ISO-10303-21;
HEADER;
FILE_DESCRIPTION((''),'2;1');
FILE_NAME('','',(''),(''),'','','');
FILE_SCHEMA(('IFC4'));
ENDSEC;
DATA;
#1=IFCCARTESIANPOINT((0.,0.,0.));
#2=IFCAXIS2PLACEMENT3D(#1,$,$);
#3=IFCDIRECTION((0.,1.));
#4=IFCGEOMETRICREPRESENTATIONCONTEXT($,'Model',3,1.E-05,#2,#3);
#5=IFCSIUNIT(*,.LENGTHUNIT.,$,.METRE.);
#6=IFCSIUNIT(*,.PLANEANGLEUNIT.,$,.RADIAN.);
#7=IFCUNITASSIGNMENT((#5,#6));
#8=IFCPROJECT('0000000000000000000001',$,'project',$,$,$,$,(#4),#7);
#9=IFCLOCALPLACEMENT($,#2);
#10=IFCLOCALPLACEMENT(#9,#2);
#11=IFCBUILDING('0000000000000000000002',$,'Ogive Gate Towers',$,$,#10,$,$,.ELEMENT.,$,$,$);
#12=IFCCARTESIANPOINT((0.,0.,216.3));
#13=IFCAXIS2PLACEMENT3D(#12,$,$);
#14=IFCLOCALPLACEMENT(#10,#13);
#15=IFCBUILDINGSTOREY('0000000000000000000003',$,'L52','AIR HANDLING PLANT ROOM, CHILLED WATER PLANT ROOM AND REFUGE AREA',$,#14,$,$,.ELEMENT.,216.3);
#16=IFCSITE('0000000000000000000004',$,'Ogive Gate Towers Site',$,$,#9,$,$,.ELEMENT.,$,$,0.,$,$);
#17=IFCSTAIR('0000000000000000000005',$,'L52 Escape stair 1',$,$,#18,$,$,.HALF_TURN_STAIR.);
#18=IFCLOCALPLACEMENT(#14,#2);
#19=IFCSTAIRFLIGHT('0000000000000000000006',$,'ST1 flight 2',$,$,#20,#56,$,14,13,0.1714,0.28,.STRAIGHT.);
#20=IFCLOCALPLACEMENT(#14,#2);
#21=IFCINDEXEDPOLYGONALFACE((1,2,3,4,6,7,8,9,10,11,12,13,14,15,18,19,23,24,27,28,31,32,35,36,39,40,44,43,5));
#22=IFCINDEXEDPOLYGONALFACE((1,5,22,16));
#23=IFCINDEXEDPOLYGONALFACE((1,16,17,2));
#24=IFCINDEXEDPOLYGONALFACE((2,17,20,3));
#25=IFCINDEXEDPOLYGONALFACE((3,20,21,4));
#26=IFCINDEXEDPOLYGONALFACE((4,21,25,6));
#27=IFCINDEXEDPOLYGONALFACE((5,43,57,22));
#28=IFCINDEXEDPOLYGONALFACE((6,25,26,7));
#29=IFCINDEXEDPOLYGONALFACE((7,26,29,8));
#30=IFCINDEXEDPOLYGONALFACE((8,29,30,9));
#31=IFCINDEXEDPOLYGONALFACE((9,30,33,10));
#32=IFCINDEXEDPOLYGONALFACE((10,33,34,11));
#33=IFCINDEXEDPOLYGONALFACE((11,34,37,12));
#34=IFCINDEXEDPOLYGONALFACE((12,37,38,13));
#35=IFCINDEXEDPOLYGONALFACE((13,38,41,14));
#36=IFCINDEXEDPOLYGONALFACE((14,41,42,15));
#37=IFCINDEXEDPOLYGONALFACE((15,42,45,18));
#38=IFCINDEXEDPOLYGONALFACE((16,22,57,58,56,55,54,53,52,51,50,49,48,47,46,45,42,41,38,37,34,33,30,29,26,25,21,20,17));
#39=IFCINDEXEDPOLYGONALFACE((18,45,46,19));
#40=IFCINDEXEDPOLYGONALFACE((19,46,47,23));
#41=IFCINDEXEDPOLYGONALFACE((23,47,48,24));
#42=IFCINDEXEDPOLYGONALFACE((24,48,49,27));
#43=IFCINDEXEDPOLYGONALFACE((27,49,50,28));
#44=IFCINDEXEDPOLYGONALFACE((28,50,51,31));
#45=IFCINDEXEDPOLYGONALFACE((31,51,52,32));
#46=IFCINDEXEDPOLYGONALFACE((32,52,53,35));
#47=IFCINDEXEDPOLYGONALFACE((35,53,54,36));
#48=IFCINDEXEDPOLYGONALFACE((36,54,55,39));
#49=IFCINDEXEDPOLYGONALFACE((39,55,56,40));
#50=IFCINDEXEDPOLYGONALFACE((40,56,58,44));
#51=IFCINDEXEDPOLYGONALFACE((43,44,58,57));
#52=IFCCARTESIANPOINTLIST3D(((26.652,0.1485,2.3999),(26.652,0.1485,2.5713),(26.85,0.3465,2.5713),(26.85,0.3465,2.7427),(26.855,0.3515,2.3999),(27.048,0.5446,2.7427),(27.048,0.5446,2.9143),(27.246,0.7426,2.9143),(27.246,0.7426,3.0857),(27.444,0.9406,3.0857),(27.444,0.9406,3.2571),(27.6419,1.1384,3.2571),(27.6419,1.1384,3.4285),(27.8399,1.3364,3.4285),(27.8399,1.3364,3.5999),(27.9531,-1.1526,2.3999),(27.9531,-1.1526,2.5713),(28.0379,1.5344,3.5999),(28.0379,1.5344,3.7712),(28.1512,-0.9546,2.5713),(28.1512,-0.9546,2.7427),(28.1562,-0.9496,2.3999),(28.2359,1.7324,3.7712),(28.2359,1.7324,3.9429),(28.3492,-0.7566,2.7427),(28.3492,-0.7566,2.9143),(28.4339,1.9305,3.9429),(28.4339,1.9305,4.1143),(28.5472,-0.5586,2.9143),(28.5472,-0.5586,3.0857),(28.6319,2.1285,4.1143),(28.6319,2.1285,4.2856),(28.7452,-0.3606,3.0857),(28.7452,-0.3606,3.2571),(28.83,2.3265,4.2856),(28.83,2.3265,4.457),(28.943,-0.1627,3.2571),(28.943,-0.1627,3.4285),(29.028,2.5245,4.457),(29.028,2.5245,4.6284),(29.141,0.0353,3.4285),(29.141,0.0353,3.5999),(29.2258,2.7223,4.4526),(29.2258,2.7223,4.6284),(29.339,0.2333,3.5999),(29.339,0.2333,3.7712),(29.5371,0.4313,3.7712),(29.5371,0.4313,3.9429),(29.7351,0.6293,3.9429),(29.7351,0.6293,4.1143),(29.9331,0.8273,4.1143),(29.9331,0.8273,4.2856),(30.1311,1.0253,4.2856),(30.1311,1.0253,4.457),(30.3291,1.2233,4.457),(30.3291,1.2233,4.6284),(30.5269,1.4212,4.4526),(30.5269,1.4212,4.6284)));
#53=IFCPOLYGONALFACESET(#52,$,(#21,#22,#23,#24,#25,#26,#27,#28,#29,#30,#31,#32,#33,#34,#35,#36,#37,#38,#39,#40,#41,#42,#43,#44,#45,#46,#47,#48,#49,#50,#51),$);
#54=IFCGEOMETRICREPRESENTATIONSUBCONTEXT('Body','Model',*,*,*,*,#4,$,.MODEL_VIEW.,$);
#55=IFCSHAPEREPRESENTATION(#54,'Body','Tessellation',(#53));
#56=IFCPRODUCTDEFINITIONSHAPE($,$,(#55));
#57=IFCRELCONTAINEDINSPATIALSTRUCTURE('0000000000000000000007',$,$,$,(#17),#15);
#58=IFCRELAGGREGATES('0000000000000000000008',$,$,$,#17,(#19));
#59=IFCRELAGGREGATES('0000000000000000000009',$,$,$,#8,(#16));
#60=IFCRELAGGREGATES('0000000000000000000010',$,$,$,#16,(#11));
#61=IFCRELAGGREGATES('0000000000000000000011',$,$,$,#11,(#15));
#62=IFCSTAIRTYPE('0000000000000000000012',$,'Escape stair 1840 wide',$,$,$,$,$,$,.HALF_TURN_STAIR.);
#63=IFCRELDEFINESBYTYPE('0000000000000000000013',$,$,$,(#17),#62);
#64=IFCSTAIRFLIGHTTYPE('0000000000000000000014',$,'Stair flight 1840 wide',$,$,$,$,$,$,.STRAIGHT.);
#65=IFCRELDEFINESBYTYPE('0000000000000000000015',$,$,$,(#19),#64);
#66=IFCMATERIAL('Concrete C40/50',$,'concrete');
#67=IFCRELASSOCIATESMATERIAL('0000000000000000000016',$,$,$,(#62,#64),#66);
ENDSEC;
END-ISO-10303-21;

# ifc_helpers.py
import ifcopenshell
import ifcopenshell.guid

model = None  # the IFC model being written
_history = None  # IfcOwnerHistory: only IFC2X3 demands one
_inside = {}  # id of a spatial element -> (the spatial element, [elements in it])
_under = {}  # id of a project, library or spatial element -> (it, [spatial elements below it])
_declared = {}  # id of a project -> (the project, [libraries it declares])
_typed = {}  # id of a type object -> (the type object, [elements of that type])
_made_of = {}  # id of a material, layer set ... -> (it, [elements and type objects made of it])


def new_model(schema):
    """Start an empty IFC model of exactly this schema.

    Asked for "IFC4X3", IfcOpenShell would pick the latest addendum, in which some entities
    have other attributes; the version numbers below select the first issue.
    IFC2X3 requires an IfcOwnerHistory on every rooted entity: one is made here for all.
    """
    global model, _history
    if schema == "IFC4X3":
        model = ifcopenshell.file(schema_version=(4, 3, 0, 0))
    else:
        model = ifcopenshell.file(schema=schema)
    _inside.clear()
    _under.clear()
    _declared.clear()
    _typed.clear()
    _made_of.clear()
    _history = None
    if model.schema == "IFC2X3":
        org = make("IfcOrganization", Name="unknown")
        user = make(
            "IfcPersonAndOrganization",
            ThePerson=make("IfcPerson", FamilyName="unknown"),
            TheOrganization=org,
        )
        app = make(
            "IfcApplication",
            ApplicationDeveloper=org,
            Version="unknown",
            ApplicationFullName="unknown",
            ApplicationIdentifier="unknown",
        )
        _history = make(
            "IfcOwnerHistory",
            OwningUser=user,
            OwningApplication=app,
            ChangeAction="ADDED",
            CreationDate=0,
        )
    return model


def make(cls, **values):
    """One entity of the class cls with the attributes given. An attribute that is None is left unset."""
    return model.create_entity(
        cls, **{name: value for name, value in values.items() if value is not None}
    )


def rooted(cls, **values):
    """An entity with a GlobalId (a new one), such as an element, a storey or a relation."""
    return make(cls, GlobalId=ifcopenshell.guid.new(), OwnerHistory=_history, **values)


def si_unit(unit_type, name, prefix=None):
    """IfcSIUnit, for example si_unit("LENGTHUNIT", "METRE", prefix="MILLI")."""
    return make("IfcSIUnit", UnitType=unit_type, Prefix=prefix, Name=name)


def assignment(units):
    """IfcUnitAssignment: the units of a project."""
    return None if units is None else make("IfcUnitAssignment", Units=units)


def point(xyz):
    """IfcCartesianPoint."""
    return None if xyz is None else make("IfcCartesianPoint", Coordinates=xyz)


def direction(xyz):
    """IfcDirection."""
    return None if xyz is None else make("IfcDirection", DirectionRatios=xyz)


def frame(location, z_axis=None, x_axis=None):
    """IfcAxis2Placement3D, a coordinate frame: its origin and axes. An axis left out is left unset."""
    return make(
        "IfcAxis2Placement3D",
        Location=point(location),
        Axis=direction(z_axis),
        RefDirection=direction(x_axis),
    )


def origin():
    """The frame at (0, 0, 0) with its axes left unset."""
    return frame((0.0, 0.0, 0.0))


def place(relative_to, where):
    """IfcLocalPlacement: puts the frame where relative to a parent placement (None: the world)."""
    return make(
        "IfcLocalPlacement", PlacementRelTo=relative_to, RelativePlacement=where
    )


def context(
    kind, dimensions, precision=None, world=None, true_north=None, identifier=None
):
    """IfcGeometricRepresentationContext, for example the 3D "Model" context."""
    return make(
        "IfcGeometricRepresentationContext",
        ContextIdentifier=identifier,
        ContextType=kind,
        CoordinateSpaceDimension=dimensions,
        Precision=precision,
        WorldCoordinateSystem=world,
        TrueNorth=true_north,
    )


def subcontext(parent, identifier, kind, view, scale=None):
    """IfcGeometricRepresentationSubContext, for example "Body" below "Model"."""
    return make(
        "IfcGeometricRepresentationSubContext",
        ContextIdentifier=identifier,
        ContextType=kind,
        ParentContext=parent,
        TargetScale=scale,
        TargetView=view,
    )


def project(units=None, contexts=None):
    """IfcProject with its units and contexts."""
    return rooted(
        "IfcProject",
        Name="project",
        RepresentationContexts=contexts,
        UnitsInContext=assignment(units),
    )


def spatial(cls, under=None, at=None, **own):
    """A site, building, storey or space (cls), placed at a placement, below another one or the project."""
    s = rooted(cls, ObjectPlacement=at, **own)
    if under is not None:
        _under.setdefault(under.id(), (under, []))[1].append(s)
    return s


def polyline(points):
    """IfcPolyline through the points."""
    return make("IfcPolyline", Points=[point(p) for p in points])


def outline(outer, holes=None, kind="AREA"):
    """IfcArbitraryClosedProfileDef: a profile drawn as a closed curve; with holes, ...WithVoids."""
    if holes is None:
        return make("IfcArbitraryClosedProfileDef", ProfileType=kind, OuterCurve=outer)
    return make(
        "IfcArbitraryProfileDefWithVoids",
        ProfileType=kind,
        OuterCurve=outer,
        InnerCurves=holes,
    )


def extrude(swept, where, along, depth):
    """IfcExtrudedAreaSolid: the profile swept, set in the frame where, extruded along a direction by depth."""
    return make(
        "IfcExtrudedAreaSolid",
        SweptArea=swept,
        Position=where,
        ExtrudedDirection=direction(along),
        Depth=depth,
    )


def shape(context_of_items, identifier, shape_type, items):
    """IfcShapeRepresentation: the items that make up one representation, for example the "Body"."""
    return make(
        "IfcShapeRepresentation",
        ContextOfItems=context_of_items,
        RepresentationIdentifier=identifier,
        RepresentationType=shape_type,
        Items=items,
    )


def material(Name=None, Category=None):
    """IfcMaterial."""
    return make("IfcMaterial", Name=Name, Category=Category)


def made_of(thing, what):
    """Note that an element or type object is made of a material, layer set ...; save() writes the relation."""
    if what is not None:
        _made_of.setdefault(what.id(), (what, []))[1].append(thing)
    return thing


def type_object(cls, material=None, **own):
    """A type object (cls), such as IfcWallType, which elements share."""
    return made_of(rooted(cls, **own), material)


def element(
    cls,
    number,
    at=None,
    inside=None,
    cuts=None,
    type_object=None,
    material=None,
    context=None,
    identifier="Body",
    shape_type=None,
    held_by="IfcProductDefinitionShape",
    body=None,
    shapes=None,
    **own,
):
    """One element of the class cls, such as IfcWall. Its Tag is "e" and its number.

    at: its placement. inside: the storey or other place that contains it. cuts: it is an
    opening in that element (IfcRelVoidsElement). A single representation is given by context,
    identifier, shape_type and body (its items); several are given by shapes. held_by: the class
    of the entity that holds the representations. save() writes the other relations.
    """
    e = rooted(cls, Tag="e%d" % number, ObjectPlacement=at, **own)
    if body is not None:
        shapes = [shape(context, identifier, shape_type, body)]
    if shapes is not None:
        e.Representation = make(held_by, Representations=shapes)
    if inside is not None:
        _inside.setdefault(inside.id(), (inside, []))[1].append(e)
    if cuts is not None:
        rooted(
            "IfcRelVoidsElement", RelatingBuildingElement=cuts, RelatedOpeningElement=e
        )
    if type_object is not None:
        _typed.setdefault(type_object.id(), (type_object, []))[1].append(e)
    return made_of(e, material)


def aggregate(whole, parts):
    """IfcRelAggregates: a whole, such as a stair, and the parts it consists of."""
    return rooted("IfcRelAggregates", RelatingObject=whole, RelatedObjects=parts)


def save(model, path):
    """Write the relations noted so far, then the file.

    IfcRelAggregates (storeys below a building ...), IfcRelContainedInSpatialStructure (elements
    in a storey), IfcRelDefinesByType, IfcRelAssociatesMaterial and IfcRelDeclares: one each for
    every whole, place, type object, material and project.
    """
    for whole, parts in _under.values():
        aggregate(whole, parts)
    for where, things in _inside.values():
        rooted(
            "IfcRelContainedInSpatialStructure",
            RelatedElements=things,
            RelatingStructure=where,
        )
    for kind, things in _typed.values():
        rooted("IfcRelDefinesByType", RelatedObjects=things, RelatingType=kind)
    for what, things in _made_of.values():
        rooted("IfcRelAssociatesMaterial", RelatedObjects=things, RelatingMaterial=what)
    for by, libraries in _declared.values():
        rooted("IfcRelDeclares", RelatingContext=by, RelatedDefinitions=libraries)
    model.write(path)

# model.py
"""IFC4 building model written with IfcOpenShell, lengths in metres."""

from ifc_helpers import new_model, si_unit, direction, frame, origin, place, context, subcontext, project, spatial, polyline, outline, extrude, material, type_object, element, aggregate, save


model = new_model("IFC4")

# Units and contexts
model_context = context("Model", 3, precision=1e-05, world=origin(), true_north=direction((0.0, 1.0)))
body_context = subcontext(model_context, "Body", "Model", "MODEL_VIEW")
ifc_project = project(units=[si_unit("LENGTHUNIT", "METRE"), si_unit("PLANEANGLEUNIT", "RADIAN")], contexts=[model_context])

# Site, building, storey
site_placement = place(None, origin())
site = spatial("IfcSite", under=ifc_project, at=site_placement, Name="Ogive Gate Towers Site", CompositionType="ELEMENT", RefElevation=0.0)
building_placement = place(site_placement, origin())
building = spatial("IfcBuilding", under=site, at=building_placement, Name="Ogive Gate Towers", CompositionType="ELEMENT")
storey_placement = place(building_placement, frame((0.0, 0.0, 216.3)))
storey = spatial("IfcBuildingStorey", under=building, at=storey_placement, Name="L52", Description="AIR HANDLING PLANT ROOM, CHILLED WATER PLANT ROOM AND REFUGE AREA", CompositionType="ELEMENT", Elevation=216.3)

# Stair, stair flight
ifc_material_1 = material(Name="Concrete C40/50", Category="concrete")
stair_type = type_object("IfcStairType", Name="Escape stair 1840 wide", PredefinedType="HALF_TURN_STAIR", material=ifc_material_1)
stair_placement = place(storey_placement, origin())
stair = element("IfcStair", 1, at=stair_placement, inside=storey, type_object=stair_type, Name="L52 Escape stair 1", PredefinedType="HALF_TURN_STAIR")
stair_flight_type = type_object("IfcStairFlightType", Name="Stair flight 1840 wide", PredefinedType="STRAIGHT", material=ifc_material_1)
stair_flight_placement = place(storey_placement, frame((27.3025, -0.502, 2.3999), z_axis=(0.0, 0.0, 1.0), x_axis=(0.707107, 0.707107, 0.0)))
stair_flight = element("IfcStairFlight", 2, at=stair_flight_placement, type_object=stair_flight_type, Name="ST1 flight 2", NumberOfRisers=14, NumberOfTreads=13, PredefinedType="STRAIGHT", RiserHeight=0.1714, TreadLength=0.28, context=body_context, shape_type="SweptSolid", body=[
    extrude(outline(polyline([(0.0, 0.0), (0.0, 0.1714), (0.28, 0.1714), (0.28, 0.3428), (0.5601, 0.3428), (0.5601, 0.5144), (0.8401, 0.5144), (0.8401, 0.6858), (1.1201, 0.6858), (1.1201, 0.8572), (1.3999, 0.8572), (1.3999, 1.0286), (1.6799, 1.0286), (1.6799, 1.2), (1.96, 1.2), (1.96, 1.3713), (2.24, 1.3713), (2.24, 1.543), (2.52, 1.543), (2.52, 1.7144), (2.8, 1.7144), (2.8, 1.8857), (3.0801, 1.8857), (3.0801, 2.0571), (3.3601, 2.0571), (3.3601, 2.2285), (3.6399, 2.2285), (3.6399, 2.3999), (3.6399, 2.0527), (0.2871, 0.0), (0.0, 0.0)])), frame((0.0, 0.9199, 0.0), z_axis=(0.0, -1.0, 0.0), x_axis=(1.0, 0.0, 0.0)), (0.0, 0.0, 1.0), 1.8401),
])
aggregate(stair, [stair_flight])

save(model, "model.ifc")
